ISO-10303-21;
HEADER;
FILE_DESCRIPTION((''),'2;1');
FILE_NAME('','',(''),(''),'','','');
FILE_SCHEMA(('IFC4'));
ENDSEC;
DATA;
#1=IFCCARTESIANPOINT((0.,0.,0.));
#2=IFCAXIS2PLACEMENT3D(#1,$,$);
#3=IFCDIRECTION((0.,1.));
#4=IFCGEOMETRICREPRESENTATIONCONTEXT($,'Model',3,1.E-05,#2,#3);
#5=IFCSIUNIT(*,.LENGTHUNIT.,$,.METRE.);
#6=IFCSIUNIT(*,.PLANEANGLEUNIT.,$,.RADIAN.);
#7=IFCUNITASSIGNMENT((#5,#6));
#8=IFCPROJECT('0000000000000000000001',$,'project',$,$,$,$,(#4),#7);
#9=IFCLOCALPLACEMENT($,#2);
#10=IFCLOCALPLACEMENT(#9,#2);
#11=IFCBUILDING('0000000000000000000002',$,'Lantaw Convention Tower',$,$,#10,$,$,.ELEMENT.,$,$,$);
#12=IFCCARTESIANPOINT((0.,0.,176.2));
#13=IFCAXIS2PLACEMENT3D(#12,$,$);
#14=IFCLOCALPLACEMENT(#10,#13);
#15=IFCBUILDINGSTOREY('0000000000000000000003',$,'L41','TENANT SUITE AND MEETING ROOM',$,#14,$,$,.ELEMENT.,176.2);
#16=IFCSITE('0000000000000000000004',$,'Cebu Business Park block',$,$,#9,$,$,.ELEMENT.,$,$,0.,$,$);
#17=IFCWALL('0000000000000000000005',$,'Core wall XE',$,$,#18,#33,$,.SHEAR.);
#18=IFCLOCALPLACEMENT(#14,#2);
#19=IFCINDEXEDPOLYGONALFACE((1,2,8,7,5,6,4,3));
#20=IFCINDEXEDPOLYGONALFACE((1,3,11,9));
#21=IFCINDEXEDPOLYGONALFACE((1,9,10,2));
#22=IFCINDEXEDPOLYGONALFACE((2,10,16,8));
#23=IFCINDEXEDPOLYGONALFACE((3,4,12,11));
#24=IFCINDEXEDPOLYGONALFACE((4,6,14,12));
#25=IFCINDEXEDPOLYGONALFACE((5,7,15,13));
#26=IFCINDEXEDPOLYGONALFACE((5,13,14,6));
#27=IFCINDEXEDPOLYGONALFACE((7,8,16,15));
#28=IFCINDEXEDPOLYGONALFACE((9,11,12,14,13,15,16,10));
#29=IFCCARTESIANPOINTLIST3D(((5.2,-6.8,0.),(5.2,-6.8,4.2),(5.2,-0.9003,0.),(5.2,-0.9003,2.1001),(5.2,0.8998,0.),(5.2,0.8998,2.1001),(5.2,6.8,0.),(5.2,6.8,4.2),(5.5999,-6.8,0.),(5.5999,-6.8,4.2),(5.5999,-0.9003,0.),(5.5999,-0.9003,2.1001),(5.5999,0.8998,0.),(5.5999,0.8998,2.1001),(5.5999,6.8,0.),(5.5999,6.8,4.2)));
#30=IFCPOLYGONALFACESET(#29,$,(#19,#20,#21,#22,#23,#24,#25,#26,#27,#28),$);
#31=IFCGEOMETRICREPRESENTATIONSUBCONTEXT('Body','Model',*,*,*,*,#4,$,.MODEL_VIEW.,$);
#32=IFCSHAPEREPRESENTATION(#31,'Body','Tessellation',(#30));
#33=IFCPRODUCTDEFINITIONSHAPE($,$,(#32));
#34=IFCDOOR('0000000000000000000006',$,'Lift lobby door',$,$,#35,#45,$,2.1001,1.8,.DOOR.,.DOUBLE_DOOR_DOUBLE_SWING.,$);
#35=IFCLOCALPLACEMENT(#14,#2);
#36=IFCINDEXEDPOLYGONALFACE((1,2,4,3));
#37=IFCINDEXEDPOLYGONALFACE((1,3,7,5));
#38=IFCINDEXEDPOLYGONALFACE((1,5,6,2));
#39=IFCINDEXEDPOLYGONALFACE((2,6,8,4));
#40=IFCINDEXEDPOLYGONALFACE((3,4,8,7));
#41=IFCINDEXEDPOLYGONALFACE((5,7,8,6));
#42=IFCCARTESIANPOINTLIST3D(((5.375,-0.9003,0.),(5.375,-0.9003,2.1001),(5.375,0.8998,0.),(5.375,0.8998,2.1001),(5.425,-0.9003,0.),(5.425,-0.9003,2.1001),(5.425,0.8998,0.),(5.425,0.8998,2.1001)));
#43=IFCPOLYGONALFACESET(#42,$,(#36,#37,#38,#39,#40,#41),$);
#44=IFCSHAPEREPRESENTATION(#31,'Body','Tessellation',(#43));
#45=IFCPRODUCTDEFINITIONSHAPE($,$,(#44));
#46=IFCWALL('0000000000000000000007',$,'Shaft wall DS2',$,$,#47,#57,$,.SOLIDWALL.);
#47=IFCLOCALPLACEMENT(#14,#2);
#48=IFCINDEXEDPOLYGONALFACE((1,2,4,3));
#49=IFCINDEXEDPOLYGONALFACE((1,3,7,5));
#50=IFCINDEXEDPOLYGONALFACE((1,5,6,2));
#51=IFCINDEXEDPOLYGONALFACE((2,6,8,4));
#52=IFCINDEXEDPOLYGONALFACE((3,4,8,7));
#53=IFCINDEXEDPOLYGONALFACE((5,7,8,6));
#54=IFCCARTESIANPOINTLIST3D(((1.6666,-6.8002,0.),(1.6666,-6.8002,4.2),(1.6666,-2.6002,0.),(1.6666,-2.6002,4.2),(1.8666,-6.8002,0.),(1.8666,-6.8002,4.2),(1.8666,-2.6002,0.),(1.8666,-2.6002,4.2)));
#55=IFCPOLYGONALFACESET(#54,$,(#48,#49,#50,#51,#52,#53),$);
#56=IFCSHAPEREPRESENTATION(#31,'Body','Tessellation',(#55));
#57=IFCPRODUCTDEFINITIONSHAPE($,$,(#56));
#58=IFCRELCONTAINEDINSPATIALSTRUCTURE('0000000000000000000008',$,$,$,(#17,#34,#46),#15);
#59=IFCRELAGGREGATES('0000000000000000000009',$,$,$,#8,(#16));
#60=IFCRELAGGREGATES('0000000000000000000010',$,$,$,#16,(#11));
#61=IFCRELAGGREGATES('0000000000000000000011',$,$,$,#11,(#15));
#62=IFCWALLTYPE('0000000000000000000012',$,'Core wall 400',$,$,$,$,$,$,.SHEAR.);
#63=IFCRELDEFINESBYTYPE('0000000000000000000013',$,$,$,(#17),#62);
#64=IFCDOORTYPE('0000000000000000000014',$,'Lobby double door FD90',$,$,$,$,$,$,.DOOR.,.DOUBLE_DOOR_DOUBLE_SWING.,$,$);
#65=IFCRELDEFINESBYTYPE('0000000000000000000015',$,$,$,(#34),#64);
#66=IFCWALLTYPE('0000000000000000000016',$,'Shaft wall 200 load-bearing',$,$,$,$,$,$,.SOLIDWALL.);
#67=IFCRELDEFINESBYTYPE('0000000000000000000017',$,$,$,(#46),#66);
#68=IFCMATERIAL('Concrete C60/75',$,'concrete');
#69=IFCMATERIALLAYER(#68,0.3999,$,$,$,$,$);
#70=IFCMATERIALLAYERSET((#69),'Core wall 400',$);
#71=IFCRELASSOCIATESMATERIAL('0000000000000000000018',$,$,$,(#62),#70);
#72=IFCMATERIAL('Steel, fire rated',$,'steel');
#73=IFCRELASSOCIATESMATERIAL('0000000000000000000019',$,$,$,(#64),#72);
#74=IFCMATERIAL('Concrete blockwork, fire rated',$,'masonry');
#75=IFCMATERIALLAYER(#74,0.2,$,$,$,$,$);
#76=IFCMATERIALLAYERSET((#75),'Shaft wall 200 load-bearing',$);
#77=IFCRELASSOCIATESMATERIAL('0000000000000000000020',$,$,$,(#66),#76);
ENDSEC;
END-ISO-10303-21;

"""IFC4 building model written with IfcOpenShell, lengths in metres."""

from ifc_helpers import new_model, si_unit, direction, frame, frame_2d, origin, place, context, subcontext, project, spatial, rectangle, extrude, material, layer, layer_set, type_object, element, fill, save


model = new_model("IFC4")

# Units and contexts
model_context = context("Model", 3, precision=1e-05, world=origin(), true_north=direction((0.0, 1.0)))
body_context = subcontext(model_context, "Body", "Model", "MODEL_VIEW")
ifc_project = project(units=[si_unit("LENGTHUNIT", "METRE"), si_unit("PLANEANGLEUNIT", "RADIAN")], contexts=[model_context])

# Site, building, storey
site_placement = place(None, origin())
site = spatial("IfcSite", under=ifc_project, at=site_placement, Name="Cebu Business Park block", CompositionType="ELEMENT", RefElevation=0.0)
building_placement = place(site_placement, origin())
building = spatial("IfcBuilding", under=site, at=building_placement, Name="Lantaw Convention Tower", CompositionType="ELEMENT")
storey_placement = place(building_placement, frame((0.0, 0.0, 176.2)))
storey = spatial("IfcBuildingStorey", under=building, at=storey_placement, Name="L41", Description="TENANT SUITE AND MEETING ROOM", CompositionType="ELEMENT", Elevation=176.2)

# Wall, opening, door
ifc_material_1 = material(Name="Concrete C60/75", Category="concrete")
ifc_material_2 = material(Name="Steel, fire rated", Category="steel")
ifc_layer_1 = layer(ifc_material_1, 0.3999)
ifc_layer_set_1 = layer_set([ifc_layer_1], Name="Core wall 400")
wall_type_1 = type_object("IfcWallType", Name="Core wall 400", PredefinedType="SHEAR", material=ifc_layer_set_1)
wall_1_placement = place(storey_placement, frame((5.3999, -6.8, 0.0), z_axis=(0.0, 0.0, 1.0), x_axis=(0.0, 1.0, 0.0)))
wall_1 = element("IfcWall", 1, at=wall_1_placement, inside=storey, type_object=wall_type_1, Name="Core wall XE", PredefinedType="SHEAR", context=body_context, shape_type="SweptSolid", body=[
    extrude(rectangle(XDim=13.6001, YDim=0.3999, at=frame_2d((6.8, 0.0))), origin(), (0.0, 0.0, 1.0), 4.2),
])
opening_1_placement = place(wall_1_placement, frame((5.8999, 0.0, 0.0)))
opening_1 = element("IfcOpeningElement", 2, at=opening_1_placement, cuts=wall_1, PredefinedType="OPENING", context=body_context, shape_type="SweptSolid", body=[
    extrude(rectangle(XDim=1.8, YDim=2.1001, at=frame_2d((0.8999, 1.05))), frame((0.0, 0.21, 0.0), z_axis=(0.0, -1.0, 0.0), x_axis=(1.0, 0.0, 0.0)), (0.0, 0.0, 1.0), 0.4199),
])
door_type_1 = type_object("IfcDoorType", Name="Lobby double door FD90", OperationType="DOUBLE_DOOR_DOUBLE_SWING", PredefinedType="DOOR", material=ifc_material_2)
door_1_placement = place(opening_1_placement, origin())
door_1 = element("IfcDoor", 3, at=door_1_placement, inside=storey, type_object=door_type_1, Name="Lift lobby door", OperationType="DOUBLE_DOOR_DOUBLE_SWING", OverallHeight=2.1001, OverallWidth=1.8, PredefinedType="DOOR", context=body_context, shape_type="SweptSolid", body=[
    extrude(rectangle(XDim=1.8, YDim=2.1001, at=frame_2d((0.8999, 1.05))), frame((0.0, 0.0249, 0.0), z_axis=(0.0, -1.0, 0.0), x_axis=(1.0, 0.0, 0.0)), (0.0, 0.0, 1.0), 0.05),
])
fill(opening_1, door_1)

# Wall
ifc_material_3 = material(Name="Concrete blockwork, fire rated", Category="masonry")
ifc_layer_2 = layer(ifc_material_3, 0.2)
ifc_layer_set_2 = layer_set([ifc_layer_2], Name="Shaft wall 200 load-bearing")
wall_type_2 = type_object("IfcWallType", Name="Shaft wall 200 load-bearing", PredefinedType="SOLIDWALL", material=ifc_layer_set_2)
wall_2_placement = place(storey_placement, frame((1.7666, -2.6001, 0.0), z_axis=(0.0, 0.0, 1.0), x_axis=(0.0, -1.0, 0.0)))
element("IfcWall", 4, at=wall_2_placement, inside=storey, type_object=wall_type_2, Name="Shaft wall DS2", PredefinedType="SOLIDWALL", context=body_context, shape_type="SweptSolid", body=[
    extrude(rectangle(XDim=4.2, YDim=0.2, at=frame_2d((2.1001, 0.0))), origin(), (0.0, 0.0, 1.0), 4.2),
])

save(model, "model.ifc")
